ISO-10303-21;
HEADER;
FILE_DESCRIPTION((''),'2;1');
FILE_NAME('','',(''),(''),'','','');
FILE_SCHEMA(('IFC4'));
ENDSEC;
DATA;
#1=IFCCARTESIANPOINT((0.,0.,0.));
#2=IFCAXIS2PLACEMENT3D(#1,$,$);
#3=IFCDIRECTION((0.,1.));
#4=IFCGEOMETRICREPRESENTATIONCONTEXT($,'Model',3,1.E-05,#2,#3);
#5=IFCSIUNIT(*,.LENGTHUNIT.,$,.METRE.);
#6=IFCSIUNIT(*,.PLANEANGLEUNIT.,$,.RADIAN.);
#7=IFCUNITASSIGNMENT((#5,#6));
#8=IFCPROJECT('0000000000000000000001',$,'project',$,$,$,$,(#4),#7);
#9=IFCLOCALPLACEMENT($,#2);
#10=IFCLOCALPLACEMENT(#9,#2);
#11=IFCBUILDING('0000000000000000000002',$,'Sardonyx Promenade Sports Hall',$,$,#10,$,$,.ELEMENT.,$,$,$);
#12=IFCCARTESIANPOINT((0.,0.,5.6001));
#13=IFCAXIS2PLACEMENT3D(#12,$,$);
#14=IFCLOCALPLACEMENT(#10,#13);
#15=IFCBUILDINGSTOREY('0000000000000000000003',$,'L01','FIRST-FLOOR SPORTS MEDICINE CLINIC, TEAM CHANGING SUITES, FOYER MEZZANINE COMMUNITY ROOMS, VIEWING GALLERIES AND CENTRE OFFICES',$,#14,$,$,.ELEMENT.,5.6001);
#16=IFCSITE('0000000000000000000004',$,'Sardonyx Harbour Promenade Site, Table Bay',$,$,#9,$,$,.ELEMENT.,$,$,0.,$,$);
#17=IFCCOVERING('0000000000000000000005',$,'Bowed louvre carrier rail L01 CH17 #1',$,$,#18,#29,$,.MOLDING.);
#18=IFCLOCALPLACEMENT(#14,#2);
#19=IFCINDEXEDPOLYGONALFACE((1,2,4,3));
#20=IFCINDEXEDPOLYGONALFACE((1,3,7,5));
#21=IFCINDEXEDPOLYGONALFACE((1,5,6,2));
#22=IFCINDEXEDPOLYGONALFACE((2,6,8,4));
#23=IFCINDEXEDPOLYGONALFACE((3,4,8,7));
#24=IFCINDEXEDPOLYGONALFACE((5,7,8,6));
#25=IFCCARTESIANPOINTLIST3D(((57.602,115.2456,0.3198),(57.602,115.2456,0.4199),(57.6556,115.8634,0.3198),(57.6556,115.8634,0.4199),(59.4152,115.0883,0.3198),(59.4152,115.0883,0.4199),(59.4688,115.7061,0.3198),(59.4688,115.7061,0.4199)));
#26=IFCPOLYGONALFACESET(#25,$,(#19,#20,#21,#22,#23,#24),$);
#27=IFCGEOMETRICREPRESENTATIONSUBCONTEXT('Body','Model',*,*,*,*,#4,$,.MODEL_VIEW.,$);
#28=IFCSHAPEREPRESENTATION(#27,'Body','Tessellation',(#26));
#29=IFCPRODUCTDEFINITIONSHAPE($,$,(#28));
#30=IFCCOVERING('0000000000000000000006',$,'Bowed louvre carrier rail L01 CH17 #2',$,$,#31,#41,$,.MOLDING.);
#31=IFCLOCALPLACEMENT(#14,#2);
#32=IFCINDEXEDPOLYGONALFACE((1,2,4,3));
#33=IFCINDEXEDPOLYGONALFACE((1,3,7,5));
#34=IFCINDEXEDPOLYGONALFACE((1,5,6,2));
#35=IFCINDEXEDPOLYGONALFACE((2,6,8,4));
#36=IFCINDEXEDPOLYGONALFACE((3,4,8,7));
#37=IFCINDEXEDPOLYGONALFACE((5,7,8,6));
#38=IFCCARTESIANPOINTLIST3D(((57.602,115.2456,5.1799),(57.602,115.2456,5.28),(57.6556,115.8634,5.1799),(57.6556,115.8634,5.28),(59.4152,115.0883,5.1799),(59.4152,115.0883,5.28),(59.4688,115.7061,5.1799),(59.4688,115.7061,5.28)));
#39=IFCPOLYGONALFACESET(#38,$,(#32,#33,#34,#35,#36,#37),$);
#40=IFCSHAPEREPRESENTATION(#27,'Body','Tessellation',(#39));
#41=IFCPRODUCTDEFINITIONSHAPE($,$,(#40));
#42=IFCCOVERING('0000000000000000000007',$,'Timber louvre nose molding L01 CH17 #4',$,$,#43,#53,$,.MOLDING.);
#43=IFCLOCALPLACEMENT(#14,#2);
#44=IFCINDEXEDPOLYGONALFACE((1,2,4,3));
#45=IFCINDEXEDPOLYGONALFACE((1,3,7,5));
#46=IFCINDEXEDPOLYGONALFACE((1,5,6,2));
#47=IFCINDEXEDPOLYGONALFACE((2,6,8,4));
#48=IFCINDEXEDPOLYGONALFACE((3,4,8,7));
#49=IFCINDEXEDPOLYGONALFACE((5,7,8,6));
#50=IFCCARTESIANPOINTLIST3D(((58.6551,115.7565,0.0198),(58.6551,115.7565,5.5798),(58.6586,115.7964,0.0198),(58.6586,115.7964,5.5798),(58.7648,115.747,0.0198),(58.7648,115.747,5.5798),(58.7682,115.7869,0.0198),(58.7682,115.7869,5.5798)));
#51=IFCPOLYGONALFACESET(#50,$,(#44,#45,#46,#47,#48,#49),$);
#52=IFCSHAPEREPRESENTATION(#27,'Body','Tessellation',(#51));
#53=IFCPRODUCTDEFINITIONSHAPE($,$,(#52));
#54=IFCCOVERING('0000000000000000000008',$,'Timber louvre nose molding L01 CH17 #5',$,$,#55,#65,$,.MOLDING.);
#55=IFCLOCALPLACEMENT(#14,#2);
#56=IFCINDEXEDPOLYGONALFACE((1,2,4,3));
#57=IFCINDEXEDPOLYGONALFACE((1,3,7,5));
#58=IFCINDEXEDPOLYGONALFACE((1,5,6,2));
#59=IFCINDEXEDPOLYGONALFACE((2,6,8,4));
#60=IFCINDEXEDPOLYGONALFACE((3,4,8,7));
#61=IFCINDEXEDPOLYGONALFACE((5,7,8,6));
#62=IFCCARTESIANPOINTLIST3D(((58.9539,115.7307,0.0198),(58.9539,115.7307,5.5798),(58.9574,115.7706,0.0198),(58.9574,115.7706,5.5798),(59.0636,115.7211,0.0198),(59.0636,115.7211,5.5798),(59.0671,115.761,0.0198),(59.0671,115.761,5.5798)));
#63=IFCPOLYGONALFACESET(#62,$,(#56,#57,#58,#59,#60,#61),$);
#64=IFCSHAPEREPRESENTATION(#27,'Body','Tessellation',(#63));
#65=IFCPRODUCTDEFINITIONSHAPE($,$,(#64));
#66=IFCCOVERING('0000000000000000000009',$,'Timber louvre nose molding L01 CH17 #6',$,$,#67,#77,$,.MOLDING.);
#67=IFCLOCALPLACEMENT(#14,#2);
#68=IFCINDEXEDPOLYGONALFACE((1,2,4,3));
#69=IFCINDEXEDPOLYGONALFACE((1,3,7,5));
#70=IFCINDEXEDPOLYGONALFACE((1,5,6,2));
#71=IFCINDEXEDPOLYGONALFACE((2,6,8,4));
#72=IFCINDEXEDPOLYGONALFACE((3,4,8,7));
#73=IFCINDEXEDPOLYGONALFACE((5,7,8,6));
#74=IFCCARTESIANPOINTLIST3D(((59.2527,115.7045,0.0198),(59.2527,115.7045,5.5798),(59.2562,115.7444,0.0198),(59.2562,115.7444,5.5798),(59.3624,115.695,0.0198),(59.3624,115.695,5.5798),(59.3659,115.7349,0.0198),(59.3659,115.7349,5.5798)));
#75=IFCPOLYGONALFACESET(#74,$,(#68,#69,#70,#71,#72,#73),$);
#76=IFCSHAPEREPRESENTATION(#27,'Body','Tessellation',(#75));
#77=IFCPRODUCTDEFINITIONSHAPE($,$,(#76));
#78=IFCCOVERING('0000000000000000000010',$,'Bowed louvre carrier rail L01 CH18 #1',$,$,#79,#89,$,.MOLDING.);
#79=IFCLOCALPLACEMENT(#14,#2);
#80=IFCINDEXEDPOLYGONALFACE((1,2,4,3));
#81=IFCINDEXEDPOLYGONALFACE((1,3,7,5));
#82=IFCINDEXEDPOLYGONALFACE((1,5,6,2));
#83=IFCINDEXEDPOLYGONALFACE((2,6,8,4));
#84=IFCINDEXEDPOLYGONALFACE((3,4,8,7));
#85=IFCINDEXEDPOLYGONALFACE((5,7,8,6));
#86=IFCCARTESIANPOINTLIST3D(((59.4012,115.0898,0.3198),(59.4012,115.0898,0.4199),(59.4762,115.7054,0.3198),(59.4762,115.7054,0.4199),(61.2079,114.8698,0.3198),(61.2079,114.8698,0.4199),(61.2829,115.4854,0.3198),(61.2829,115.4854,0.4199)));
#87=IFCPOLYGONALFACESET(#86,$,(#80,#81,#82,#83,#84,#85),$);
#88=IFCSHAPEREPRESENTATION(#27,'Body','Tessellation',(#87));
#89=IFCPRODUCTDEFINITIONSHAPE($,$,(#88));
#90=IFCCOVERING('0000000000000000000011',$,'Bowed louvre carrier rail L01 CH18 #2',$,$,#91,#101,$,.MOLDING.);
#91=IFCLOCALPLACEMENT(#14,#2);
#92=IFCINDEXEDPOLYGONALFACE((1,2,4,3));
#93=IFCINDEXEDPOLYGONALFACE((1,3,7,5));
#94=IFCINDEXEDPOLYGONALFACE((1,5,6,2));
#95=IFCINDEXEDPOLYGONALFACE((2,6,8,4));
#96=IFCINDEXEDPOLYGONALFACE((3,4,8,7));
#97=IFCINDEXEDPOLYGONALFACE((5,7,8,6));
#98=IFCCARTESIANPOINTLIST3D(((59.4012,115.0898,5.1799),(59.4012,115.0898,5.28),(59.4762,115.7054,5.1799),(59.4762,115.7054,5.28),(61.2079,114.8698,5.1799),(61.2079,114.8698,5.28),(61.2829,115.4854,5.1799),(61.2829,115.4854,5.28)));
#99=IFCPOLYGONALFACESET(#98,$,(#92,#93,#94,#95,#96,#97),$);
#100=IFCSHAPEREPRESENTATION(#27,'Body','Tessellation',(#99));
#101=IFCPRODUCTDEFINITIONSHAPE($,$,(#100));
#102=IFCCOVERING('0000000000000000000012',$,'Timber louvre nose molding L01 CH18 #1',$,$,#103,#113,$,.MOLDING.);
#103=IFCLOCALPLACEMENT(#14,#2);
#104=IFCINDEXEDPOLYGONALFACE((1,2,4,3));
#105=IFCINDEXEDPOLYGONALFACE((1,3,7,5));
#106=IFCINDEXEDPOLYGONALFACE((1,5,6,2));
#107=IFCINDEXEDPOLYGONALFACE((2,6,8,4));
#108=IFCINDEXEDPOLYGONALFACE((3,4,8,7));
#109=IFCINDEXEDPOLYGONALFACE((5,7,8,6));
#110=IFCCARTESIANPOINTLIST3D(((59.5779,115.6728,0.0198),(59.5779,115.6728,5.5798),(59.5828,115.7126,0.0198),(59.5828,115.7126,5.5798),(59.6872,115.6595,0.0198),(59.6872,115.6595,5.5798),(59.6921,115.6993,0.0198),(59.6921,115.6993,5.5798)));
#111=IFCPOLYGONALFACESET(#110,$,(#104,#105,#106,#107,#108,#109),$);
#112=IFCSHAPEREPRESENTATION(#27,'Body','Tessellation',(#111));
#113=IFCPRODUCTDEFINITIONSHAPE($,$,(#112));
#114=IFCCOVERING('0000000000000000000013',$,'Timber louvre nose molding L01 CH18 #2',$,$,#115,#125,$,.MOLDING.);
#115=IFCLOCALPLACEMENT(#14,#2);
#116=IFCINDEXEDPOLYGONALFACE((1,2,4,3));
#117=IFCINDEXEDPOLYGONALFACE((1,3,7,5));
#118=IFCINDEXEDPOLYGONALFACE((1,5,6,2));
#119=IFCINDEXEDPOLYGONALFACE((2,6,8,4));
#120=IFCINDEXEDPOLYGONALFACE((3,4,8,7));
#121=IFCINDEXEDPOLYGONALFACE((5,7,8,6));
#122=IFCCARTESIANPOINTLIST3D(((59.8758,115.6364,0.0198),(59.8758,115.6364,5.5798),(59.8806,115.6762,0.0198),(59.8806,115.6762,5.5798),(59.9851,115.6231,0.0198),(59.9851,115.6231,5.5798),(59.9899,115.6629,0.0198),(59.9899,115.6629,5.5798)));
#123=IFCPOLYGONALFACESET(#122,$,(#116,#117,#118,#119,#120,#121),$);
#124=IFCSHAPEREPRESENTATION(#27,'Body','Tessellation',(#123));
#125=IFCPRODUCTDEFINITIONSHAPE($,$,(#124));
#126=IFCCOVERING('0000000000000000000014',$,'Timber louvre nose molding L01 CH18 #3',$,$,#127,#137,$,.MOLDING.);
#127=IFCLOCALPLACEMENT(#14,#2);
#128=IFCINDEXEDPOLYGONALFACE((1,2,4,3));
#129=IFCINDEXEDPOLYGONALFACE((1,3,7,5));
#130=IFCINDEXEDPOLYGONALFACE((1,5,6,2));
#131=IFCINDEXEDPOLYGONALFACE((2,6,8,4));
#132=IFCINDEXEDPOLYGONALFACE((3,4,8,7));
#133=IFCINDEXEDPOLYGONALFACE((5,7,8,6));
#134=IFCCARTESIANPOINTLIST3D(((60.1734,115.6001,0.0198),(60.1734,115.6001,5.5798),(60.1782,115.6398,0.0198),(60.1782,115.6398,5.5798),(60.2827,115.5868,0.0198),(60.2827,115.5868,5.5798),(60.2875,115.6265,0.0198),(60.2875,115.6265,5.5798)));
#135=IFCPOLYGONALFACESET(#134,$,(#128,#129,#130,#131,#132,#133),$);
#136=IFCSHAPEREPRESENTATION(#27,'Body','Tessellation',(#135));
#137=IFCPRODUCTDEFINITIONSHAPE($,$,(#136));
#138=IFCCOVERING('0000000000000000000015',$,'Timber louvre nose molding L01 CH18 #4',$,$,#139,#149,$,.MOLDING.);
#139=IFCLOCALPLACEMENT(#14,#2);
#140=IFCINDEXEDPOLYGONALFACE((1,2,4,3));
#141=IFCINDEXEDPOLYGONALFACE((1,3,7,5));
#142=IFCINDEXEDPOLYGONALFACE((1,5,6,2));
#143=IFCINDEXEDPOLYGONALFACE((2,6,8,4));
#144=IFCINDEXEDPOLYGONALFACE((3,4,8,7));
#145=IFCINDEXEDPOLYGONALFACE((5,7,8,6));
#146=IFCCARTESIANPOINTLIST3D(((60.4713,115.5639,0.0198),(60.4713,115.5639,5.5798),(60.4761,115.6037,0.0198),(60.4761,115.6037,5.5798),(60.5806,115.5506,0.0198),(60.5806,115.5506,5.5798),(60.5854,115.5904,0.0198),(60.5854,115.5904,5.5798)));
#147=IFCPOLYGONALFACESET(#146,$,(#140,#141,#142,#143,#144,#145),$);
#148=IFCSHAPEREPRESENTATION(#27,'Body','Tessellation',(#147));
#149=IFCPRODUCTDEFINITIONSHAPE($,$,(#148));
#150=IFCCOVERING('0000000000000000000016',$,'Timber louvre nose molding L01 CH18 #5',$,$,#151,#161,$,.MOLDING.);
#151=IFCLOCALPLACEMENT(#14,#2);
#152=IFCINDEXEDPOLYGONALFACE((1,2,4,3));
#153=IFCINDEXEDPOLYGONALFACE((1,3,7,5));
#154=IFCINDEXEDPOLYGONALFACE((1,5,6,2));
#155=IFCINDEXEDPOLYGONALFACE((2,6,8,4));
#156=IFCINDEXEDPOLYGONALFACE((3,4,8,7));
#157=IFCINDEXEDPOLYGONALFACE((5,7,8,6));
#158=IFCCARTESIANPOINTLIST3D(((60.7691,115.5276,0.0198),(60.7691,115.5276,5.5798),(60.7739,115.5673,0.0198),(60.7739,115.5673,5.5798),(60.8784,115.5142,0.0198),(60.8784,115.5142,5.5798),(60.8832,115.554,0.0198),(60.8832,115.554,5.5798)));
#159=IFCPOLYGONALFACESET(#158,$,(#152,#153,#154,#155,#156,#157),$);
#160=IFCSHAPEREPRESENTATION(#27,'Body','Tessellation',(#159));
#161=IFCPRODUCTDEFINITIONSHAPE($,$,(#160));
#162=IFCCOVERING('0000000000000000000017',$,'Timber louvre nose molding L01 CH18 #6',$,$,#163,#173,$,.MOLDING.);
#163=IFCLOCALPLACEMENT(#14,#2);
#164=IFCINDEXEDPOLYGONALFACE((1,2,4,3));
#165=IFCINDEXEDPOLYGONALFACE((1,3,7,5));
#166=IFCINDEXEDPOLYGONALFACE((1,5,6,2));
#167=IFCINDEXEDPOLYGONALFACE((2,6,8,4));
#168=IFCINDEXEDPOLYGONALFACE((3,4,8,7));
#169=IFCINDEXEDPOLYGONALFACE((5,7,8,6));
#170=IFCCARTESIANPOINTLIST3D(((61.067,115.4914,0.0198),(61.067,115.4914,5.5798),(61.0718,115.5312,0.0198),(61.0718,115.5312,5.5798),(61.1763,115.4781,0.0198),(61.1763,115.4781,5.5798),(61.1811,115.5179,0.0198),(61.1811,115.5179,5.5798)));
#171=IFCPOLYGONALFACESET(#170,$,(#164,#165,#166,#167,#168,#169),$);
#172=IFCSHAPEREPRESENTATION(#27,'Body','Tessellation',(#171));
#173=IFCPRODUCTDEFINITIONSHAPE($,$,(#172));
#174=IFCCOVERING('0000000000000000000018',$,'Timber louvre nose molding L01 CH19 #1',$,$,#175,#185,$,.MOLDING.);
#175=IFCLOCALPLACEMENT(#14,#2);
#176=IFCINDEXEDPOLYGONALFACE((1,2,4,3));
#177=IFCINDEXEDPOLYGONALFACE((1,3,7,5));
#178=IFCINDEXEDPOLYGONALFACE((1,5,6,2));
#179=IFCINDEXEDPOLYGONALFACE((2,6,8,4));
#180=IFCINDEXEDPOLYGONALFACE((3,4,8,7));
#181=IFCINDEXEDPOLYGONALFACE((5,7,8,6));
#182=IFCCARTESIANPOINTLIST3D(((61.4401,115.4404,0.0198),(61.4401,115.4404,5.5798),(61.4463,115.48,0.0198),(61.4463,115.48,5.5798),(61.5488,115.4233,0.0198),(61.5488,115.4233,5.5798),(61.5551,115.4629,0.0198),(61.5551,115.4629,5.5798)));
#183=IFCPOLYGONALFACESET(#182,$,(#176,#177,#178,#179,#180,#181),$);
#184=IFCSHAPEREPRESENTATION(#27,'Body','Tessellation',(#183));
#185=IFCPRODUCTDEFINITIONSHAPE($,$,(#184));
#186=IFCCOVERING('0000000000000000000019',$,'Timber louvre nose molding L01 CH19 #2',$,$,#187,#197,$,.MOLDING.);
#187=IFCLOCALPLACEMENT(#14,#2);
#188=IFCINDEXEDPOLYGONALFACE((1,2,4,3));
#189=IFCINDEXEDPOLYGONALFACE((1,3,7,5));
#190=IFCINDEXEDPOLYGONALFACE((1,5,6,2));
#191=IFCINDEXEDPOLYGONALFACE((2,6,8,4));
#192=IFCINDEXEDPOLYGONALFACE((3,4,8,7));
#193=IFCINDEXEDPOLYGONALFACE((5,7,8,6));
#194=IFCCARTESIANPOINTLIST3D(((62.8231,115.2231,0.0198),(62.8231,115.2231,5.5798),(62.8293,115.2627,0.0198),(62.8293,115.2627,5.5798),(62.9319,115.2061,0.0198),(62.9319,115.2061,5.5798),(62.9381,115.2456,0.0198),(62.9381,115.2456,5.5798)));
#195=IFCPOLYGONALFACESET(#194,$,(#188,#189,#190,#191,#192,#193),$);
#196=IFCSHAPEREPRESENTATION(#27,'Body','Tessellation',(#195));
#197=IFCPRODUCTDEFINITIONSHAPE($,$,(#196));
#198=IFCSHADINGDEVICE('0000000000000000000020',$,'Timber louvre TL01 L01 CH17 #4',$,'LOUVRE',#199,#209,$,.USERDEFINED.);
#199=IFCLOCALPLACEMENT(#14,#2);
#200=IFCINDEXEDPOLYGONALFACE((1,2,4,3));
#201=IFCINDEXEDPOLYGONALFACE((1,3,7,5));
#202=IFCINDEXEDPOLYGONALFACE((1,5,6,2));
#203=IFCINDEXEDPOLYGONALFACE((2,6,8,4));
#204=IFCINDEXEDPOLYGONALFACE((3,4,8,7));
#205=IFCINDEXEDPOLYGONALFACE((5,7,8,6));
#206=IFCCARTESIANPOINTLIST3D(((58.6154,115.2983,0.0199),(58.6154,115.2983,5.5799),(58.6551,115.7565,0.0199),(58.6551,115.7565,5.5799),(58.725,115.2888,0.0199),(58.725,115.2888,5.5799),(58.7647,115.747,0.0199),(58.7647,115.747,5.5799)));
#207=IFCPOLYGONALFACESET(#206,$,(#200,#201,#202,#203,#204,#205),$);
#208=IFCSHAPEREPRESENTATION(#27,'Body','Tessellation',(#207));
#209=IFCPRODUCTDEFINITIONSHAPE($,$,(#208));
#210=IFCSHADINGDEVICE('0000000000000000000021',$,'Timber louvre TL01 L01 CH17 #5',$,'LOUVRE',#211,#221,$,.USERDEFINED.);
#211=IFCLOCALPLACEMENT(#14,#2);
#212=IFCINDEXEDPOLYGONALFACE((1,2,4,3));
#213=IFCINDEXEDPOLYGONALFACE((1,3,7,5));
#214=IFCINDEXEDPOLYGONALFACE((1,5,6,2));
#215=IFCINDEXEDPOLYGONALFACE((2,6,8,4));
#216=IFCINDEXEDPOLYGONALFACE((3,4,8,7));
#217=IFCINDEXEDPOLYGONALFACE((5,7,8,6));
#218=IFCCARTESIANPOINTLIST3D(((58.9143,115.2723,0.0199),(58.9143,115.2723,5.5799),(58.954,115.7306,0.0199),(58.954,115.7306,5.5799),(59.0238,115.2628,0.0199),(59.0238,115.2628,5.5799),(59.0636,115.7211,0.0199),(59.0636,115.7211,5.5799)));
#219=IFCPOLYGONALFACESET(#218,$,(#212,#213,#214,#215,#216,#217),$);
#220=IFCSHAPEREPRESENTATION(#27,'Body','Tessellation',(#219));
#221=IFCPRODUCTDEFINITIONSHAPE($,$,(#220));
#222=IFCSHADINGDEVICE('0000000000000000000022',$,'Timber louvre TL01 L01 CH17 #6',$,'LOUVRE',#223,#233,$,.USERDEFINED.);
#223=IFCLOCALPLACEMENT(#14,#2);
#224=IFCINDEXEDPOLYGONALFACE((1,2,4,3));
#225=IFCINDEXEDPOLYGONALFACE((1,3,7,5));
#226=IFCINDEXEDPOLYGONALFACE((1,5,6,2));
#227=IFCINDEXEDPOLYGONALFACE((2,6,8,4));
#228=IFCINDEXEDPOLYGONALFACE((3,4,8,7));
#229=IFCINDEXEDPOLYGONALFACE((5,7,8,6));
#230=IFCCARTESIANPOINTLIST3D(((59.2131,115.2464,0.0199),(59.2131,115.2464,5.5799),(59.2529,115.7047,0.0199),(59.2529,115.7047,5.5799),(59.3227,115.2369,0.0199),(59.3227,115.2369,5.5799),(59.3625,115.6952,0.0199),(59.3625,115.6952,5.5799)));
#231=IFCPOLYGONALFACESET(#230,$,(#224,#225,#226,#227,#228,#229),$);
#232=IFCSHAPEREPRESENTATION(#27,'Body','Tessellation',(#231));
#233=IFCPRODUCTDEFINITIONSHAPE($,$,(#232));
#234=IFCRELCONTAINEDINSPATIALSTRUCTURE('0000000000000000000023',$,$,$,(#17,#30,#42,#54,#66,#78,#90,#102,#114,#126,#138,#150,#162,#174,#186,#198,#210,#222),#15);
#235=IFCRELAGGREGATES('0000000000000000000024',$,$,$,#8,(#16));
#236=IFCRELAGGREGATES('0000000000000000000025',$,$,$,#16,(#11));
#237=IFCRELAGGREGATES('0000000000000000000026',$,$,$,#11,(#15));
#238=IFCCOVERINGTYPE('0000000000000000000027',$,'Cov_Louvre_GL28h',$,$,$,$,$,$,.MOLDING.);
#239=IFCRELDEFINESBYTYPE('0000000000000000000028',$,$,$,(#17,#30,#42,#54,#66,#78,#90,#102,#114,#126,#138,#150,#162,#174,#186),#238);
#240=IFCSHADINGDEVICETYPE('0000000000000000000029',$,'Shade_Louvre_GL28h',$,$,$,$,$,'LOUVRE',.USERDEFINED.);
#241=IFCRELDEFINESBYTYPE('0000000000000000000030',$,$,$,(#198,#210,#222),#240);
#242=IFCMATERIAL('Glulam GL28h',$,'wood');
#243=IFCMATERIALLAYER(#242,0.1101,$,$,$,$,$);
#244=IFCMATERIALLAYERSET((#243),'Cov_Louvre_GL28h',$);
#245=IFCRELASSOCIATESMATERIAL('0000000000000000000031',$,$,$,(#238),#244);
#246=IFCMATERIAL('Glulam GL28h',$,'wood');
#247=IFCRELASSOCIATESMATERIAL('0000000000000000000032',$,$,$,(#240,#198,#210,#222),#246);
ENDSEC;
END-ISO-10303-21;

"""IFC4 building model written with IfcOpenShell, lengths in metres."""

from ifc_helpers import new_model, si_unit, direction, frame, origin, origin_2d, place, context, subcontext, project, spatial, rectangle, extrude, material, layer, layer_set, type_object, element, save


model = new_model("IFC4")

# Units and contexts
model_context = context("Model", 3, precision=1e-05, world=origin(), true_north=direction((0.0, 1.0)))
body_context = subcontext(model_context, "Body", "Model", "MODEL_VIEW")
ifc_project = project(units=[si_unit("LENGTHUNIT", "METRE"), si_unit("PLANEANGLEUNIT", "RADIAN")], contexts=[model_context])

# Site, building, storey
site_placement = place(None, origin())
site = spatial("IfcSite", under=ifc_project, at=site_placement, Name="Sardonyx Harbour Promenade Site, Table Bay", CompositionType="ELEMENT", RefElevation=0.0)
building_placement = place(site_placement, origin())
building = spatial("IfcBuilding", under=site, at=building_placement, Name="Sardonyx Promenade Sports Hall", CompositionType="ELEMENT")
storey_placement = place(building_placement, frame((0.0, 0.0, 5.6001)))
storey = spatial("IfcBuildingStorey", under=building, at=storey_placement, Name="L01", Description="FIRST-FLOOR SPORTS MEDICINE CLINIC, TEAM CHANGING SUITES, FOYER MEZZANINE COMMUNITY ROOMS, VIEWING GALLERIES AND CENTRE OFFICES", CompositionType="ELEMENT", Elevation=5.6001)

# Coverings
ifc_material_1 = material(Name="Glulam GL28h", Category="wood")
ifc_layer = layer(ifc_material_1, 0.1101)
ifc_layer_set = layer_set([ifc_layer], Name="Cov_Louvre_GL28h")
covering_type = type_object("IfcCoveringType", Name="Cov_Louvre_GL28h", PredefinedType="MOLDING", material=ifc_layer_set)
for number, where, z_axis, x_axis, name in (
    (1, (58.5354, 115.4758, 0.3198), (0.0, 0.0, 1.0), (0.996258, -0.086434, 0.0), "Bowed louvre carrier rail L01 CH17 #1"),
    (2, (58.5354, 115.4758, 5.1799), (0.0, 0.0, 1.0), (0.996258, -0.086434, 0.0), "Bowed louvre carrier rail L01 CH17 #2"),
):
    element("IfcCovering", number, at=place(storey_placement, frame(where, z_axis=z_axis, x_axis=x_axis)), inside=storey, type_object=covering_type, Name=name, PredefinedType="MOLDING", context=body_context, shape_type="SweptSolid", body=[
        extrude(rectangle(XDim=1.8201, YDim=0.6201, at=origin_2d()), origin(), (0.0, 0.0, 1.0), 0.1001),
    ])
for number, where, z_axis, x_axis, name in (
    (3, (58.7117, 115.7717, 0.0198), (0.0, 0.0, 1.0), (0.996258, -0.086434, 0.0), "Timber louvre nose molding L01 CH17 #4"),
    (4, (59.0105, 115.7458, 0.0198), (0.0, 0.0, 1.0), (0.996258, -0.086434, 0.0), "Timber louvre nose molding L01 CH17 #5"),
    (5, (59.3093, 115.7197, 0.0198), (0.0, 0.0, 1.0), (0.996258, -0.086434, 0.0), "Timber louvre nose molding L01 CH17 #6"),
):
    element("IfcCovering", number, at=place(storey_placement, frame(where, z_axis=z_axis, x_axis=x_axis)), inside=storey, type_object=covering_type, Name=name, PredefinedType="MOLDING", context=body_context, shape_type="SweptSolid", body=[
        extrude(rectangle(XDim=0.1101, YDim=0.04, at=origin_2d()), origin(), (0.0, 0.0, 1.0), 5.5601),
    ])
for number, where, z_axis, x_axis, name in (
    (6, (60.342, 115.2876, 0.3198), (0.0, 0.0, 1.0), (0.992669, -0.120863, 0.0), "Bowed louvre carrier rail L01 CH18 #1"),
    (7, (60.342, 115.2876, 5.1799), (0.0, 0.0, 1.0), (0.992669, -0.120863, 0.0), "Bowed louvre carrier rail L01 CH18 #2"),
):
    element("IfcCovering", number, at=place(storey_placement, frame(where, z_axis=z_axis, x_axis=x_axis)), inside=storey, type_object=covering_type, Name=name, PredefinedType="MOLDING", context=body_context, shape_type="SweptSolid", body=[
        extrude(rectangle(XDim=1.8201, YDim=0.6201, at=origin_2d()), origin(), (0.0, 0.0, 1.0), 0.1001),
    ])
for number, where, z_axis, x_axis, name in (
    (8, (59.635, 115.686, 0.0198), (0.0, 0.0, 1.0), (0.992669, -0.120863, 0.0), "Timber louvre nose molding L01 CH18 #1"),
    (9, (59.9329, 115.6497, 0.0198), (0.0, 0.0, 1.0), (0.992669, -0.120863, 0.0), "Timber louvre nose molding L01 CH18 #2"),
    (10, (60.2305, 115.6133, 0.0198), (0.0, 0.0, 1.0), (0.992669, -0.120863, 0.0), "Timber louvre nose molding L01 CH18 #3"),
    (11, (60.5283, 115.5771, 0.0198), (0.0, 0.0, 1.0), (0.992669, -0.120863, 0.0), "Timber louvre nose molding L01 CH18 #4"),
    (12, (60.8262, 115.5408, 0.0198), (0.0, 0.0, 1.0), (0.992669, -0.120863, 0.0), "Timber louvre nose molding L01 CH18 #5"),
    (13, (61.124, 115.5046, 0.0198), (0.0, 0.0, 1.0), (0.992669, -0.120863, 0.0), "Timber louvre nose molding L01 CH18 #6"),
    (14, (61.4976, 115.4517, 0.0198), (0.0, 0.0, 1.0), (0.987891, -0.155148, 0.0), "Timber louvre nose molding L01 CH19 #1"),
    (15, (62.8806, 115.2344, 0.0198), (0.0, 0.0, 1.0), (0.987891, -0.155148, 0.0), "Timber louvre nose molding L01 CH19 #2"),
):
    element("IfcCovering", number, at=place(storey_placement, frame(where, z_axis=z_axis, x_axis=x_axis)), inside=storey, type_object=covering_type, Name=name, PredefinedType="MOLDING", context=body_context, shape_type="SweptSolid", body=[
        extrude(rectangle(XDim=0.1101, YDim=0.04, at=origin_2d()), origin(), (0.0, 0.0, 1.0), 5.5601),
    ])

# Shading devices
ifc_material_2 = material(Name="Glulam GL28h", Category="wood")
shading_device_type = type_object("IfcShadingDeviceType", Name="Shade_Louvre_GL28h", ElementType="LOUVRE", PredefinedType="USERDEFINED", material=ifc_material_2)
for number, where, z_axis, x_axis, name in (
    (16, (58.69, 115.5226, 0.0199), (0.0, 0.0, 1.0), (0.996258, -0.086434, 0.0), "Timber louvre TL01 L01 CH17 #4"),
    (17, (58.9889, 115.4967, 0.0199), (0.0, 0.0, 1.0), (0.996258, -0.086434, 0.0), "Timber louvre TL01 L01 CH17 #5"),
    (18, (59.2878, 115.4708, 0.0199), (0.0, 0.0, 1.0), (0.996258, -0.086434, 0.0), "Timber louvre TL01 L01 CH17 #6"),
):
    element("IfcShadingDevice", number, at=place(storey_placement, frame(where, z_axis=z_axis, x_axis=x_axis)), inside=storey, type_object=shading_device_type, material=ifc_material_2, Name=name, ObjectType="LOUVRE", PredefinedType="USERDEFINED", context=body_context, shape_type="SweptSolid", body=[
        extrude(rectangle(XDim=0.11, YDim=0.46), origin(), (0.0, 0.0, 1.0), 5.56),
    ])

save(model, "model.ifc")
